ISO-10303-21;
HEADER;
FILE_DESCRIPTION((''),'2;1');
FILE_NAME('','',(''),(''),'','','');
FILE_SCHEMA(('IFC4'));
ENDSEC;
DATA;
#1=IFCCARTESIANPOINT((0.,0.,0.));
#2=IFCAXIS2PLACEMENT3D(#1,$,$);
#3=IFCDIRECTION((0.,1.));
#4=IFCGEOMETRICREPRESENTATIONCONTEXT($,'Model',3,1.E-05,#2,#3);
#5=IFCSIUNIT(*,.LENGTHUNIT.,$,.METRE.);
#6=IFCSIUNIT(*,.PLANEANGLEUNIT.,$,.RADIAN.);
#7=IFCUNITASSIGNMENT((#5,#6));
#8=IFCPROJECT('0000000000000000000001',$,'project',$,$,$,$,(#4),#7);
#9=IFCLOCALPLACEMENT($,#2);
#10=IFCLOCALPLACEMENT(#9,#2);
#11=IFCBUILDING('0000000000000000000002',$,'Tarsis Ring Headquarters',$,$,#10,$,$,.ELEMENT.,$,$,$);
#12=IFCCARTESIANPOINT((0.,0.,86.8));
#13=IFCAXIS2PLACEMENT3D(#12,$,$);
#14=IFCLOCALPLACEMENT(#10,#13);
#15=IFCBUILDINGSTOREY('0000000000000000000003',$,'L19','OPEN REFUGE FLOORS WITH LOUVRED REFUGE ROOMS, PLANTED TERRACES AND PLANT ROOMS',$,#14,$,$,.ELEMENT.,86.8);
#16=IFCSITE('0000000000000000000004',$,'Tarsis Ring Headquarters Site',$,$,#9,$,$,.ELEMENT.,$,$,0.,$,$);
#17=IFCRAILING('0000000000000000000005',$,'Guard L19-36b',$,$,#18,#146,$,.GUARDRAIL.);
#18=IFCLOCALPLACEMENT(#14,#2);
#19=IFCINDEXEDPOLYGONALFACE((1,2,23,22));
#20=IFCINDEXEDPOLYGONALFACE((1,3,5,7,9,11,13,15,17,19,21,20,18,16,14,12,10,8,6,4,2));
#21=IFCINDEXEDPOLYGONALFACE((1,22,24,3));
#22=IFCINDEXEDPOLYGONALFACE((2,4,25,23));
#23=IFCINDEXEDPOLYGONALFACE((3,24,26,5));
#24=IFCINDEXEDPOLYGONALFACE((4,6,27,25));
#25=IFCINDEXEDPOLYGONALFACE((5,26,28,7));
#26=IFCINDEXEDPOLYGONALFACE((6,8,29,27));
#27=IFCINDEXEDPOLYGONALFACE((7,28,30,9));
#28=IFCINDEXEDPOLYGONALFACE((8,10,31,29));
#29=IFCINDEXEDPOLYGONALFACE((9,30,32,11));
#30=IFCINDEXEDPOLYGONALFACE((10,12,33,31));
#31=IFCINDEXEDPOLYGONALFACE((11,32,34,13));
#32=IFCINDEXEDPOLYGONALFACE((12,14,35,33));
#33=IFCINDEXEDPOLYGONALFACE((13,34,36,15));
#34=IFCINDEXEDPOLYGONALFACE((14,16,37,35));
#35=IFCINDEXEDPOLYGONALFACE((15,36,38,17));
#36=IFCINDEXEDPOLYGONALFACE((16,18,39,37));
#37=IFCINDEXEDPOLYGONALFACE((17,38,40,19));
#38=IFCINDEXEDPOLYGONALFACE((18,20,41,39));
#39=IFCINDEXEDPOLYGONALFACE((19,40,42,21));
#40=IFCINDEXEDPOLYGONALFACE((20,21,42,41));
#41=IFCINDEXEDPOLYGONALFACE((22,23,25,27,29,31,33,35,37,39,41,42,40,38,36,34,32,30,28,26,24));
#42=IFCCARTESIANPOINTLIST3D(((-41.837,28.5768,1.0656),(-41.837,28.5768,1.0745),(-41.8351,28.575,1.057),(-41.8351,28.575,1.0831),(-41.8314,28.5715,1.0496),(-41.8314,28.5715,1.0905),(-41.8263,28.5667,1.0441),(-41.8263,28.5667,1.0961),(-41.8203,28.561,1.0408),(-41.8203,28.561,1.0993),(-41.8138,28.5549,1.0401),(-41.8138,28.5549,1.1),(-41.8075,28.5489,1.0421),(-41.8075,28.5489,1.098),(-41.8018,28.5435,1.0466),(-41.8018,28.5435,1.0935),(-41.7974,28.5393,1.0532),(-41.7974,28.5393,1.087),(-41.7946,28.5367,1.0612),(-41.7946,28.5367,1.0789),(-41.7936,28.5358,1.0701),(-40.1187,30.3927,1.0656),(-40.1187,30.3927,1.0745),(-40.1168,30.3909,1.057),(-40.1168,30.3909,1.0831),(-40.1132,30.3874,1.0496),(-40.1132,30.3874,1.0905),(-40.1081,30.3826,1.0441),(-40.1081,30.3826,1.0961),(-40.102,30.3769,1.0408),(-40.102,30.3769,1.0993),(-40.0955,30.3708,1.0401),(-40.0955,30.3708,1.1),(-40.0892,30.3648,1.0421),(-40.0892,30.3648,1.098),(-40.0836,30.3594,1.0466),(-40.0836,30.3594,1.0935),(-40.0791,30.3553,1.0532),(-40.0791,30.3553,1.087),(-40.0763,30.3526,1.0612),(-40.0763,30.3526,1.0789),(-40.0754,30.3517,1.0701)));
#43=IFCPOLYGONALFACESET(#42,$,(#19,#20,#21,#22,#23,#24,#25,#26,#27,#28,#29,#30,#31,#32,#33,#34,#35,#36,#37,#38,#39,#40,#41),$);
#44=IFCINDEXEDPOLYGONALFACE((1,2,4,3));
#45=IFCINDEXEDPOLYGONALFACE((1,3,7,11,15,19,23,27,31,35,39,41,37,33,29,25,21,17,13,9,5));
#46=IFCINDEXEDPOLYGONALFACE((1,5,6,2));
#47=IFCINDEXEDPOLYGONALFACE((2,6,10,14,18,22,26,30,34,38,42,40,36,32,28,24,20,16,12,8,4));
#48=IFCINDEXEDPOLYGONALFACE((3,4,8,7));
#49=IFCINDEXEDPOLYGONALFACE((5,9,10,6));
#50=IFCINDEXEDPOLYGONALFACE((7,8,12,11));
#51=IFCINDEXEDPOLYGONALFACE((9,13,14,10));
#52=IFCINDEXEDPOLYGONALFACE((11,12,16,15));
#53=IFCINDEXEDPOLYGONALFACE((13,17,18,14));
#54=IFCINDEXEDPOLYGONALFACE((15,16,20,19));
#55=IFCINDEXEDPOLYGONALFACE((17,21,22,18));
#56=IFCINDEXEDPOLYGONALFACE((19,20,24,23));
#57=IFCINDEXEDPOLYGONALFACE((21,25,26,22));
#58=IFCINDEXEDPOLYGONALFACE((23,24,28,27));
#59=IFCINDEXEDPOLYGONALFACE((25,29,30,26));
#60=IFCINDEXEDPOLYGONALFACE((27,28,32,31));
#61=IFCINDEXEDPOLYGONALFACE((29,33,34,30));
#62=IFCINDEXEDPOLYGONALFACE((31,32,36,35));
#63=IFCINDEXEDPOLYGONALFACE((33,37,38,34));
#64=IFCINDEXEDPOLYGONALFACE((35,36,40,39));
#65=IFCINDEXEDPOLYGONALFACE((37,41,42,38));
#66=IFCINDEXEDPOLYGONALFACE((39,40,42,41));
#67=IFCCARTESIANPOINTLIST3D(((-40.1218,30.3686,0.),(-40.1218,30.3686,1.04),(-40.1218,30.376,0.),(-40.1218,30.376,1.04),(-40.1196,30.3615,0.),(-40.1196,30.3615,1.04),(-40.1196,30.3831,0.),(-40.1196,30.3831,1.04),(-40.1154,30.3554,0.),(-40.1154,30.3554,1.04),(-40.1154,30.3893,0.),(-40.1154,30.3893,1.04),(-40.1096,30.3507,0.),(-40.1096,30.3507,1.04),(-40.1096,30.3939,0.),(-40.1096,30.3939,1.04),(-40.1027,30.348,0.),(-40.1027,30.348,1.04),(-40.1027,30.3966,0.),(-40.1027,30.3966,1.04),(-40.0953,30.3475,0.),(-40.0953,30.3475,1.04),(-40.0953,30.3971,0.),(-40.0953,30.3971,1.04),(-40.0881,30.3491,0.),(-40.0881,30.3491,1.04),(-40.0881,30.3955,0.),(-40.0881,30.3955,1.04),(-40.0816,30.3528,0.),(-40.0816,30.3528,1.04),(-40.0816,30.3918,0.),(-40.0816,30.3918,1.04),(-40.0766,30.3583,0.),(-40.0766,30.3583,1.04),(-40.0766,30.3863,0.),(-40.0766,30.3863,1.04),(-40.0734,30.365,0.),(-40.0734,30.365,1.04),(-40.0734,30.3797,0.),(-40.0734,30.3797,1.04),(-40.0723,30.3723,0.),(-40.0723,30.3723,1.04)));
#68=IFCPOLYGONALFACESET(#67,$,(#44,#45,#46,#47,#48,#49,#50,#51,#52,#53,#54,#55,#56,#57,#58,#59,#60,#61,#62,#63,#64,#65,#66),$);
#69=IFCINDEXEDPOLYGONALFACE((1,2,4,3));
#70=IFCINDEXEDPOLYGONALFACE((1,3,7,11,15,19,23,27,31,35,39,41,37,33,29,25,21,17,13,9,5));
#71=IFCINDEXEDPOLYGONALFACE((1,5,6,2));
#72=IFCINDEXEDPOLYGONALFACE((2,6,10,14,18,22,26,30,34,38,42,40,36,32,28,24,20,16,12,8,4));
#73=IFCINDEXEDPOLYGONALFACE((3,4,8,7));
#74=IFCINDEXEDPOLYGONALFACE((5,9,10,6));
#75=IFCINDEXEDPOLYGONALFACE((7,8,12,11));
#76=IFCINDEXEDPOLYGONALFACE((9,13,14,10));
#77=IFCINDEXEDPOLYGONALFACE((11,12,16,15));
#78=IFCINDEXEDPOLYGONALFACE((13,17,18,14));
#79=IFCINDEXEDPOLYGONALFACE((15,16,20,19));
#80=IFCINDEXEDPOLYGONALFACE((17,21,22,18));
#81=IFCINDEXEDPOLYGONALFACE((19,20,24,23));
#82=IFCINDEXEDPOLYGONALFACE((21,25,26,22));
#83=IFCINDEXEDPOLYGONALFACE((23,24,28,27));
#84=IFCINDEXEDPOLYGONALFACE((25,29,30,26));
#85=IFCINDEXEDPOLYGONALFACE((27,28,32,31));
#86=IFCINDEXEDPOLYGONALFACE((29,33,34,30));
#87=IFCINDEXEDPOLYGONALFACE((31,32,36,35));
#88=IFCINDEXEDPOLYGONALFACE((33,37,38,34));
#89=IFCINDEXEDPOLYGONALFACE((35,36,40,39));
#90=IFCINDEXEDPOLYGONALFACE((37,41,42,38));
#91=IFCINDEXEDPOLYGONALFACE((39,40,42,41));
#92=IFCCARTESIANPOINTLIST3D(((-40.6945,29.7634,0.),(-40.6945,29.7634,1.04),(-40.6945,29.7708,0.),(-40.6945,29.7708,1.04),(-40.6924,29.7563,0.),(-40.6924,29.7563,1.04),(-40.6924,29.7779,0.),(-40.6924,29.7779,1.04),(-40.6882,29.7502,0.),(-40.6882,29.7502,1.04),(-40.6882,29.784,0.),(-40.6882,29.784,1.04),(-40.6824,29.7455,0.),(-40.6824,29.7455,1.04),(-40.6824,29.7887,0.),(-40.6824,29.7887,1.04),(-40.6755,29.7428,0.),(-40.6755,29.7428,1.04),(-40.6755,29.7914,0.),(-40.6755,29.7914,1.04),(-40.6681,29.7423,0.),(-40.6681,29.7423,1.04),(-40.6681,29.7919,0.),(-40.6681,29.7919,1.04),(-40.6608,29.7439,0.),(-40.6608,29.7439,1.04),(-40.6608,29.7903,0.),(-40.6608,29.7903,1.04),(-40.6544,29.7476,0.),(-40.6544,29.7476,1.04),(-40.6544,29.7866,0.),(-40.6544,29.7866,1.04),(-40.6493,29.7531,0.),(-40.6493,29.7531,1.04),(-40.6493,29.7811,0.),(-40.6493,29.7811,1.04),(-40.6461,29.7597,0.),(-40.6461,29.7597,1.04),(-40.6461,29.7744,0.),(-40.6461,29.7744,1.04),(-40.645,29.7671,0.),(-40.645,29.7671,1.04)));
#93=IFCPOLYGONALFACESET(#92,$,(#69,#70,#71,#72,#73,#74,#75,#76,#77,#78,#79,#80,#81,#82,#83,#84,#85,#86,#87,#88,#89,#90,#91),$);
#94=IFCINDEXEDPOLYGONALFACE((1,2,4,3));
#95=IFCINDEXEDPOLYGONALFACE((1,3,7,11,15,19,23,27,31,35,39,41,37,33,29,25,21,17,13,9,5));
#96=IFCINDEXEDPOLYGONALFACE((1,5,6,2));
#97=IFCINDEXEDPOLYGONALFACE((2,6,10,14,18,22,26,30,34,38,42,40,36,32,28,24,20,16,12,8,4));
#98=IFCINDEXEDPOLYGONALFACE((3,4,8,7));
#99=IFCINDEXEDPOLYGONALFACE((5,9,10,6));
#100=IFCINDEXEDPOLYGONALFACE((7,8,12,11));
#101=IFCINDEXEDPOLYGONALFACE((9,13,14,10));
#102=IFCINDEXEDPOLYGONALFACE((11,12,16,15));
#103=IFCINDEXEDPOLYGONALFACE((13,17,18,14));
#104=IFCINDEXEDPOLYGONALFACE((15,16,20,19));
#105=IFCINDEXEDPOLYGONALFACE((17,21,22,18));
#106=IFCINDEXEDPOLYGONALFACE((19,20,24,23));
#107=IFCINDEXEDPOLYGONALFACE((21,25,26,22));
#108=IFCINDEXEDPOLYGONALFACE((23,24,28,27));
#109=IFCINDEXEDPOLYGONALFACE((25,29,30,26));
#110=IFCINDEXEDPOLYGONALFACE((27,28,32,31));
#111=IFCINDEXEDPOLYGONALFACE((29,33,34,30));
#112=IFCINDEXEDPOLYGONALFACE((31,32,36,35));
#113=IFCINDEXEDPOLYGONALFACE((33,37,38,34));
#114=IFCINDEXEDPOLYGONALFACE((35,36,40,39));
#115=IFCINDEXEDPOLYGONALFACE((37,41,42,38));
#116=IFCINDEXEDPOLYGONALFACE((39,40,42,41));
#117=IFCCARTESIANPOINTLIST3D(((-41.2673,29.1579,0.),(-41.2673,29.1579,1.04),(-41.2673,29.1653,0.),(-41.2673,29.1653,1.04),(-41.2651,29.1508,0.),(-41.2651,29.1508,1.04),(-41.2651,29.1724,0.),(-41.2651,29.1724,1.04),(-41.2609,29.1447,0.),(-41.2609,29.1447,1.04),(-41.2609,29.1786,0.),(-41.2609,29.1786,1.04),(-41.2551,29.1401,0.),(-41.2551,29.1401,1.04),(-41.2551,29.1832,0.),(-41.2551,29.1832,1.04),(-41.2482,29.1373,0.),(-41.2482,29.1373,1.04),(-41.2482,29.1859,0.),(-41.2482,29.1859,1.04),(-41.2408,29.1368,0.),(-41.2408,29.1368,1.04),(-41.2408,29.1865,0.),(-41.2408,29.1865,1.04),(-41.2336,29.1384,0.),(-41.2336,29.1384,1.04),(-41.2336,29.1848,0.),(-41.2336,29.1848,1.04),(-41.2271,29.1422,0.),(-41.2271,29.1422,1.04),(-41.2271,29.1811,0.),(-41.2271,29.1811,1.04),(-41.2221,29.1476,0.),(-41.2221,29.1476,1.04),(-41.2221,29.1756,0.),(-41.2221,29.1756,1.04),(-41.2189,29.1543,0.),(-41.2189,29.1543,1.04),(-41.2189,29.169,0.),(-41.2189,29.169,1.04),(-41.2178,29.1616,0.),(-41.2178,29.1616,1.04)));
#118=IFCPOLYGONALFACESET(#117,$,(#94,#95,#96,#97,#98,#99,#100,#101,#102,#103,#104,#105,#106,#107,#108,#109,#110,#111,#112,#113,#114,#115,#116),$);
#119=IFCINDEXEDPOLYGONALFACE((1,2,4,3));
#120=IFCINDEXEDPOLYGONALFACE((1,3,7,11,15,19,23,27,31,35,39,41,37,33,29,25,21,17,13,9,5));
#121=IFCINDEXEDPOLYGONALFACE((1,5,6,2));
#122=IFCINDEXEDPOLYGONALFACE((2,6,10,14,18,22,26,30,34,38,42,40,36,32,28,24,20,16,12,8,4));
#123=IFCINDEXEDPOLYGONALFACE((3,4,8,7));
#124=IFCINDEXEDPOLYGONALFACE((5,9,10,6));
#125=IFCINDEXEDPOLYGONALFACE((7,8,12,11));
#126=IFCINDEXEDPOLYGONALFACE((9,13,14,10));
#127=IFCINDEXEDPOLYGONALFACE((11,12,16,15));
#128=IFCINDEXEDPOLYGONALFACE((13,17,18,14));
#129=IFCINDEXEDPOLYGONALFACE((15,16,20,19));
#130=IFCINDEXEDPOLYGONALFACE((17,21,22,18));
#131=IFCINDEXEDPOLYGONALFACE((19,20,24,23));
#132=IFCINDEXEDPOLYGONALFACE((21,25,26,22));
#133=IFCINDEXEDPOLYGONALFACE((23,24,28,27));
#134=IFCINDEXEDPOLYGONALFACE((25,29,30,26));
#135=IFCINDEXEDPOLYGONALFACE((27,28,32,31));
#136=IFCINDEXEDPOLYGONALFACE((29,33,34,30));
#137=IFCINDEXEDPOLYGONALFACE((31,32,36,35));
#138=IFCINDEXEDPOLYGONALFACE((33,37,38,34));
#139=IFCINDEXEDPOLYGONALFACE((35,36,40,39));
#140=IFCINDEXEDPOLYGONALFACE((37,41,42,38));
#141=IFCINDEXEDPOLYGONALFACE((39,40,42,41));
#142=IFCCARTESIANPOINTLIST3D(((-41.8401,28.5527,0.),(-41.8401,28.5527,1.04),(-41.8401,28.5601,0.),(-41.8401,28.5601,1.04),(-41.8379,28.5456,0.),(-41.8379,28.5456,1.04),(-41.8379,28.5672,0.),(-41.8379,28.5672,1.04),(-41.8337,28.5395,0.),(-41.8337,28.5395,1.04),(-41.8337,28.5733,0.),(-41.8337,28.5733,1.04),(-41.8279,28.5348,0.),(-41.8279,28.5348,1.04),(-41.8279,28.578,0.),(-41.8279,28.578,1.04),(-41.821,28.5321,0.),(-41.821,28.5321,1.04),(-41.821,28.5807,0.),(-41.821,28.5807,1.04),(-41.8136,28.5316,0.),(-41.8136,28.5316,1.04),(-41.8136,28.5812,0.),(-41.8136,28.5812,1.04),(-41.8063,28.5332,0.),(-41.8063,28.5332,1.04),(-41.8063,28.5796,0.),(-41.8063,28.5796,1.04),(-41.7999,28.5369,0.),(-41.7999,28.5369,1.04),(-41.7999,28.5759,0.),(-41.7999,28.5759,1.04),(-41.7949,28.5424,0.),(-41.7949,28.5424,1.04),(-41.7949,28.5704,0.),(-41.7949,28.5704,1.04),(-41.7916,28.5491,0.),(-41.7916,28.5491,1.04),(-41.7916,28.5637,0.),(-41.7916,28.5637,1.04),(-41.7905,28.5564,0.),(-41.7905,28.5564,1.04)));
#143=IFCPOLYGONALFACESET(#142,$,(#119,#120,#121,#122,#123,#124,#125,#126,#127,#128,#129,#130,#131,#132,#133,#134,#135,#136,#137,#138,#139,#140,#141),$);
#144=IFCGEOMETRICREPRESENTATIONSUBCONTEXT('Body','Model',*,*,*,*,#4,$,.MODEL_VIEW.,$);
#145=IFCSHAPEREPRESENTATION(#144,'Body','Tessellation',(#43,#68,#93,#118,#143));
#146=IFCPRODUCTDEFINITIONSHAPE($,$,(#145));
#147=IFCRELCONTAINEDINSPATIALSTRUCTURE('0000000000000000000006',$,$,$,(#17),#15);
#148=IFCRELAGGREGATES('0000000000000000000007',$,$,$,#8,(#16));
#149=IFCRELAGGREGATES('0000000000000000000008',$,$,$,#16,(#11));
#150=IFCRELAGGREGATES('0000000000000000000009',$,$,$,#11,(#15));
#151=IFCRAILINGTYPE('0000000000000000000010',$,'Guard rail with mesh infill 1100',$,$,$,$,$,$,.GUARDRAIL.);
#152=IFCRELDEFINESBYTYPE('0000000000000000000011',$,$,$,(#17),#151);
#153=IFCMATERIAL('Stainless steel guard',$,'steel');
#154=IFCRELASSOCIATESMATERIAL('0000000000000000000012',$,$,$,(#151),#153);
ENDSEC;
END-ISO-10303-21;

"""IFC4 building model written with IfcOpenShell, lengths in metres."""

from ifc_helpers import new_model, si_unit, direction, frame, origin, origin_2d, place, context, subcontext, project, spatial, circle, extrude, material, type_object, element, save


model = new_model("IFC4")

# Units and contexts
model_context = context("Model", 3, precision=1e-05, world=origin(), true_north=direction((0.0, 1.0)))
body_context = subcontext(model_context, "Body", "Model", "MODEL_VIEW")
ifc_project = project(units=[si_unit("LENGTHUNIT", "METRE"), si_unit("PLANEANGLEUNIT", "RADIAN")], contexts=[model_context])

# Site, building, storey
site_placement = place(None, origin())
site = spatial("IfcSite", under=ifc_project, at=site_placement, Name="Tarsis Ring Headquarters Site", CompositionType="ELEMENT", RefElevation=0.0)
building_placement = place(site_placement, origin())
building = spatial("IfcBuilding", under=site, at=building_placement, Name="Tarsis Ring Headquarters", CompositionType="ELEMENT")
storey_placement = place(building_placement, frame((0.0, 0.0, 86.8)))
storey = spatial("IfcBuildingStorey", under=building, at=storey_placement, Name="L19", Description="OPEN REFUGE FLOORS WITH LOUVRED REFUGE ROOMS, PLANTED TERRACES AND PLANT ROOMS", CompositionType="ELEMENT", Elevation=86.8)

# Railing
ifc_material_1 = material(Name="Stainless steel guard", Category="steel")
railing_type_1 = type_object("IfcRailingType", Name="Guard rail with mesh infill 1100", PredefinedType="GUARDRAIL", material=ifc_material_1)
for number, where, name in (
    (1, (-40.0972, 30.3723, 0.0), "Guard L19-36b"),
):
    element("IfcRailing", number, at=place(storey_placement, frame(where)), inside=storey, type_object=railing_type_1, Name=name, PredefinedType="GUARDRAIL", context=body_context, shape_type="SweptSolid", body=[
        extrude(circle(Radius=0.03, at=origin_2d()), frame((0.0, 0.0, 1.0701), z_axis=(-0.687306, -0.726368, 0.0), x_axis=(0.726368, -0.687306, 0.0)), (0.0, 0.0, 1.0), 2.5),
        extrude(circle(Radius=0.0249, at=origin_2d()), origin(), (0.0, 0.0, 1.0), 1.04),
        extrude(circle(Radius=0.0249, at=origin_2d()), frame((-0.5728, -0.6052, 0.0)), (0.0, 0.0, 1.0), 1.04),
        extrude(circle(Radius=0.0249, at=origin_2d()), frame((-1.1455, -1.2107, 0.0)), (0.0, 0.0, 1.0), 1.04),
        extrude(circle(Radius=0.0249, at=origin_2d()), frame((-1.7183, -1.8159, 0.0)), (0.0, 0.0, 1.0), 1.04),
    ])

save(model, "model.ifc")
